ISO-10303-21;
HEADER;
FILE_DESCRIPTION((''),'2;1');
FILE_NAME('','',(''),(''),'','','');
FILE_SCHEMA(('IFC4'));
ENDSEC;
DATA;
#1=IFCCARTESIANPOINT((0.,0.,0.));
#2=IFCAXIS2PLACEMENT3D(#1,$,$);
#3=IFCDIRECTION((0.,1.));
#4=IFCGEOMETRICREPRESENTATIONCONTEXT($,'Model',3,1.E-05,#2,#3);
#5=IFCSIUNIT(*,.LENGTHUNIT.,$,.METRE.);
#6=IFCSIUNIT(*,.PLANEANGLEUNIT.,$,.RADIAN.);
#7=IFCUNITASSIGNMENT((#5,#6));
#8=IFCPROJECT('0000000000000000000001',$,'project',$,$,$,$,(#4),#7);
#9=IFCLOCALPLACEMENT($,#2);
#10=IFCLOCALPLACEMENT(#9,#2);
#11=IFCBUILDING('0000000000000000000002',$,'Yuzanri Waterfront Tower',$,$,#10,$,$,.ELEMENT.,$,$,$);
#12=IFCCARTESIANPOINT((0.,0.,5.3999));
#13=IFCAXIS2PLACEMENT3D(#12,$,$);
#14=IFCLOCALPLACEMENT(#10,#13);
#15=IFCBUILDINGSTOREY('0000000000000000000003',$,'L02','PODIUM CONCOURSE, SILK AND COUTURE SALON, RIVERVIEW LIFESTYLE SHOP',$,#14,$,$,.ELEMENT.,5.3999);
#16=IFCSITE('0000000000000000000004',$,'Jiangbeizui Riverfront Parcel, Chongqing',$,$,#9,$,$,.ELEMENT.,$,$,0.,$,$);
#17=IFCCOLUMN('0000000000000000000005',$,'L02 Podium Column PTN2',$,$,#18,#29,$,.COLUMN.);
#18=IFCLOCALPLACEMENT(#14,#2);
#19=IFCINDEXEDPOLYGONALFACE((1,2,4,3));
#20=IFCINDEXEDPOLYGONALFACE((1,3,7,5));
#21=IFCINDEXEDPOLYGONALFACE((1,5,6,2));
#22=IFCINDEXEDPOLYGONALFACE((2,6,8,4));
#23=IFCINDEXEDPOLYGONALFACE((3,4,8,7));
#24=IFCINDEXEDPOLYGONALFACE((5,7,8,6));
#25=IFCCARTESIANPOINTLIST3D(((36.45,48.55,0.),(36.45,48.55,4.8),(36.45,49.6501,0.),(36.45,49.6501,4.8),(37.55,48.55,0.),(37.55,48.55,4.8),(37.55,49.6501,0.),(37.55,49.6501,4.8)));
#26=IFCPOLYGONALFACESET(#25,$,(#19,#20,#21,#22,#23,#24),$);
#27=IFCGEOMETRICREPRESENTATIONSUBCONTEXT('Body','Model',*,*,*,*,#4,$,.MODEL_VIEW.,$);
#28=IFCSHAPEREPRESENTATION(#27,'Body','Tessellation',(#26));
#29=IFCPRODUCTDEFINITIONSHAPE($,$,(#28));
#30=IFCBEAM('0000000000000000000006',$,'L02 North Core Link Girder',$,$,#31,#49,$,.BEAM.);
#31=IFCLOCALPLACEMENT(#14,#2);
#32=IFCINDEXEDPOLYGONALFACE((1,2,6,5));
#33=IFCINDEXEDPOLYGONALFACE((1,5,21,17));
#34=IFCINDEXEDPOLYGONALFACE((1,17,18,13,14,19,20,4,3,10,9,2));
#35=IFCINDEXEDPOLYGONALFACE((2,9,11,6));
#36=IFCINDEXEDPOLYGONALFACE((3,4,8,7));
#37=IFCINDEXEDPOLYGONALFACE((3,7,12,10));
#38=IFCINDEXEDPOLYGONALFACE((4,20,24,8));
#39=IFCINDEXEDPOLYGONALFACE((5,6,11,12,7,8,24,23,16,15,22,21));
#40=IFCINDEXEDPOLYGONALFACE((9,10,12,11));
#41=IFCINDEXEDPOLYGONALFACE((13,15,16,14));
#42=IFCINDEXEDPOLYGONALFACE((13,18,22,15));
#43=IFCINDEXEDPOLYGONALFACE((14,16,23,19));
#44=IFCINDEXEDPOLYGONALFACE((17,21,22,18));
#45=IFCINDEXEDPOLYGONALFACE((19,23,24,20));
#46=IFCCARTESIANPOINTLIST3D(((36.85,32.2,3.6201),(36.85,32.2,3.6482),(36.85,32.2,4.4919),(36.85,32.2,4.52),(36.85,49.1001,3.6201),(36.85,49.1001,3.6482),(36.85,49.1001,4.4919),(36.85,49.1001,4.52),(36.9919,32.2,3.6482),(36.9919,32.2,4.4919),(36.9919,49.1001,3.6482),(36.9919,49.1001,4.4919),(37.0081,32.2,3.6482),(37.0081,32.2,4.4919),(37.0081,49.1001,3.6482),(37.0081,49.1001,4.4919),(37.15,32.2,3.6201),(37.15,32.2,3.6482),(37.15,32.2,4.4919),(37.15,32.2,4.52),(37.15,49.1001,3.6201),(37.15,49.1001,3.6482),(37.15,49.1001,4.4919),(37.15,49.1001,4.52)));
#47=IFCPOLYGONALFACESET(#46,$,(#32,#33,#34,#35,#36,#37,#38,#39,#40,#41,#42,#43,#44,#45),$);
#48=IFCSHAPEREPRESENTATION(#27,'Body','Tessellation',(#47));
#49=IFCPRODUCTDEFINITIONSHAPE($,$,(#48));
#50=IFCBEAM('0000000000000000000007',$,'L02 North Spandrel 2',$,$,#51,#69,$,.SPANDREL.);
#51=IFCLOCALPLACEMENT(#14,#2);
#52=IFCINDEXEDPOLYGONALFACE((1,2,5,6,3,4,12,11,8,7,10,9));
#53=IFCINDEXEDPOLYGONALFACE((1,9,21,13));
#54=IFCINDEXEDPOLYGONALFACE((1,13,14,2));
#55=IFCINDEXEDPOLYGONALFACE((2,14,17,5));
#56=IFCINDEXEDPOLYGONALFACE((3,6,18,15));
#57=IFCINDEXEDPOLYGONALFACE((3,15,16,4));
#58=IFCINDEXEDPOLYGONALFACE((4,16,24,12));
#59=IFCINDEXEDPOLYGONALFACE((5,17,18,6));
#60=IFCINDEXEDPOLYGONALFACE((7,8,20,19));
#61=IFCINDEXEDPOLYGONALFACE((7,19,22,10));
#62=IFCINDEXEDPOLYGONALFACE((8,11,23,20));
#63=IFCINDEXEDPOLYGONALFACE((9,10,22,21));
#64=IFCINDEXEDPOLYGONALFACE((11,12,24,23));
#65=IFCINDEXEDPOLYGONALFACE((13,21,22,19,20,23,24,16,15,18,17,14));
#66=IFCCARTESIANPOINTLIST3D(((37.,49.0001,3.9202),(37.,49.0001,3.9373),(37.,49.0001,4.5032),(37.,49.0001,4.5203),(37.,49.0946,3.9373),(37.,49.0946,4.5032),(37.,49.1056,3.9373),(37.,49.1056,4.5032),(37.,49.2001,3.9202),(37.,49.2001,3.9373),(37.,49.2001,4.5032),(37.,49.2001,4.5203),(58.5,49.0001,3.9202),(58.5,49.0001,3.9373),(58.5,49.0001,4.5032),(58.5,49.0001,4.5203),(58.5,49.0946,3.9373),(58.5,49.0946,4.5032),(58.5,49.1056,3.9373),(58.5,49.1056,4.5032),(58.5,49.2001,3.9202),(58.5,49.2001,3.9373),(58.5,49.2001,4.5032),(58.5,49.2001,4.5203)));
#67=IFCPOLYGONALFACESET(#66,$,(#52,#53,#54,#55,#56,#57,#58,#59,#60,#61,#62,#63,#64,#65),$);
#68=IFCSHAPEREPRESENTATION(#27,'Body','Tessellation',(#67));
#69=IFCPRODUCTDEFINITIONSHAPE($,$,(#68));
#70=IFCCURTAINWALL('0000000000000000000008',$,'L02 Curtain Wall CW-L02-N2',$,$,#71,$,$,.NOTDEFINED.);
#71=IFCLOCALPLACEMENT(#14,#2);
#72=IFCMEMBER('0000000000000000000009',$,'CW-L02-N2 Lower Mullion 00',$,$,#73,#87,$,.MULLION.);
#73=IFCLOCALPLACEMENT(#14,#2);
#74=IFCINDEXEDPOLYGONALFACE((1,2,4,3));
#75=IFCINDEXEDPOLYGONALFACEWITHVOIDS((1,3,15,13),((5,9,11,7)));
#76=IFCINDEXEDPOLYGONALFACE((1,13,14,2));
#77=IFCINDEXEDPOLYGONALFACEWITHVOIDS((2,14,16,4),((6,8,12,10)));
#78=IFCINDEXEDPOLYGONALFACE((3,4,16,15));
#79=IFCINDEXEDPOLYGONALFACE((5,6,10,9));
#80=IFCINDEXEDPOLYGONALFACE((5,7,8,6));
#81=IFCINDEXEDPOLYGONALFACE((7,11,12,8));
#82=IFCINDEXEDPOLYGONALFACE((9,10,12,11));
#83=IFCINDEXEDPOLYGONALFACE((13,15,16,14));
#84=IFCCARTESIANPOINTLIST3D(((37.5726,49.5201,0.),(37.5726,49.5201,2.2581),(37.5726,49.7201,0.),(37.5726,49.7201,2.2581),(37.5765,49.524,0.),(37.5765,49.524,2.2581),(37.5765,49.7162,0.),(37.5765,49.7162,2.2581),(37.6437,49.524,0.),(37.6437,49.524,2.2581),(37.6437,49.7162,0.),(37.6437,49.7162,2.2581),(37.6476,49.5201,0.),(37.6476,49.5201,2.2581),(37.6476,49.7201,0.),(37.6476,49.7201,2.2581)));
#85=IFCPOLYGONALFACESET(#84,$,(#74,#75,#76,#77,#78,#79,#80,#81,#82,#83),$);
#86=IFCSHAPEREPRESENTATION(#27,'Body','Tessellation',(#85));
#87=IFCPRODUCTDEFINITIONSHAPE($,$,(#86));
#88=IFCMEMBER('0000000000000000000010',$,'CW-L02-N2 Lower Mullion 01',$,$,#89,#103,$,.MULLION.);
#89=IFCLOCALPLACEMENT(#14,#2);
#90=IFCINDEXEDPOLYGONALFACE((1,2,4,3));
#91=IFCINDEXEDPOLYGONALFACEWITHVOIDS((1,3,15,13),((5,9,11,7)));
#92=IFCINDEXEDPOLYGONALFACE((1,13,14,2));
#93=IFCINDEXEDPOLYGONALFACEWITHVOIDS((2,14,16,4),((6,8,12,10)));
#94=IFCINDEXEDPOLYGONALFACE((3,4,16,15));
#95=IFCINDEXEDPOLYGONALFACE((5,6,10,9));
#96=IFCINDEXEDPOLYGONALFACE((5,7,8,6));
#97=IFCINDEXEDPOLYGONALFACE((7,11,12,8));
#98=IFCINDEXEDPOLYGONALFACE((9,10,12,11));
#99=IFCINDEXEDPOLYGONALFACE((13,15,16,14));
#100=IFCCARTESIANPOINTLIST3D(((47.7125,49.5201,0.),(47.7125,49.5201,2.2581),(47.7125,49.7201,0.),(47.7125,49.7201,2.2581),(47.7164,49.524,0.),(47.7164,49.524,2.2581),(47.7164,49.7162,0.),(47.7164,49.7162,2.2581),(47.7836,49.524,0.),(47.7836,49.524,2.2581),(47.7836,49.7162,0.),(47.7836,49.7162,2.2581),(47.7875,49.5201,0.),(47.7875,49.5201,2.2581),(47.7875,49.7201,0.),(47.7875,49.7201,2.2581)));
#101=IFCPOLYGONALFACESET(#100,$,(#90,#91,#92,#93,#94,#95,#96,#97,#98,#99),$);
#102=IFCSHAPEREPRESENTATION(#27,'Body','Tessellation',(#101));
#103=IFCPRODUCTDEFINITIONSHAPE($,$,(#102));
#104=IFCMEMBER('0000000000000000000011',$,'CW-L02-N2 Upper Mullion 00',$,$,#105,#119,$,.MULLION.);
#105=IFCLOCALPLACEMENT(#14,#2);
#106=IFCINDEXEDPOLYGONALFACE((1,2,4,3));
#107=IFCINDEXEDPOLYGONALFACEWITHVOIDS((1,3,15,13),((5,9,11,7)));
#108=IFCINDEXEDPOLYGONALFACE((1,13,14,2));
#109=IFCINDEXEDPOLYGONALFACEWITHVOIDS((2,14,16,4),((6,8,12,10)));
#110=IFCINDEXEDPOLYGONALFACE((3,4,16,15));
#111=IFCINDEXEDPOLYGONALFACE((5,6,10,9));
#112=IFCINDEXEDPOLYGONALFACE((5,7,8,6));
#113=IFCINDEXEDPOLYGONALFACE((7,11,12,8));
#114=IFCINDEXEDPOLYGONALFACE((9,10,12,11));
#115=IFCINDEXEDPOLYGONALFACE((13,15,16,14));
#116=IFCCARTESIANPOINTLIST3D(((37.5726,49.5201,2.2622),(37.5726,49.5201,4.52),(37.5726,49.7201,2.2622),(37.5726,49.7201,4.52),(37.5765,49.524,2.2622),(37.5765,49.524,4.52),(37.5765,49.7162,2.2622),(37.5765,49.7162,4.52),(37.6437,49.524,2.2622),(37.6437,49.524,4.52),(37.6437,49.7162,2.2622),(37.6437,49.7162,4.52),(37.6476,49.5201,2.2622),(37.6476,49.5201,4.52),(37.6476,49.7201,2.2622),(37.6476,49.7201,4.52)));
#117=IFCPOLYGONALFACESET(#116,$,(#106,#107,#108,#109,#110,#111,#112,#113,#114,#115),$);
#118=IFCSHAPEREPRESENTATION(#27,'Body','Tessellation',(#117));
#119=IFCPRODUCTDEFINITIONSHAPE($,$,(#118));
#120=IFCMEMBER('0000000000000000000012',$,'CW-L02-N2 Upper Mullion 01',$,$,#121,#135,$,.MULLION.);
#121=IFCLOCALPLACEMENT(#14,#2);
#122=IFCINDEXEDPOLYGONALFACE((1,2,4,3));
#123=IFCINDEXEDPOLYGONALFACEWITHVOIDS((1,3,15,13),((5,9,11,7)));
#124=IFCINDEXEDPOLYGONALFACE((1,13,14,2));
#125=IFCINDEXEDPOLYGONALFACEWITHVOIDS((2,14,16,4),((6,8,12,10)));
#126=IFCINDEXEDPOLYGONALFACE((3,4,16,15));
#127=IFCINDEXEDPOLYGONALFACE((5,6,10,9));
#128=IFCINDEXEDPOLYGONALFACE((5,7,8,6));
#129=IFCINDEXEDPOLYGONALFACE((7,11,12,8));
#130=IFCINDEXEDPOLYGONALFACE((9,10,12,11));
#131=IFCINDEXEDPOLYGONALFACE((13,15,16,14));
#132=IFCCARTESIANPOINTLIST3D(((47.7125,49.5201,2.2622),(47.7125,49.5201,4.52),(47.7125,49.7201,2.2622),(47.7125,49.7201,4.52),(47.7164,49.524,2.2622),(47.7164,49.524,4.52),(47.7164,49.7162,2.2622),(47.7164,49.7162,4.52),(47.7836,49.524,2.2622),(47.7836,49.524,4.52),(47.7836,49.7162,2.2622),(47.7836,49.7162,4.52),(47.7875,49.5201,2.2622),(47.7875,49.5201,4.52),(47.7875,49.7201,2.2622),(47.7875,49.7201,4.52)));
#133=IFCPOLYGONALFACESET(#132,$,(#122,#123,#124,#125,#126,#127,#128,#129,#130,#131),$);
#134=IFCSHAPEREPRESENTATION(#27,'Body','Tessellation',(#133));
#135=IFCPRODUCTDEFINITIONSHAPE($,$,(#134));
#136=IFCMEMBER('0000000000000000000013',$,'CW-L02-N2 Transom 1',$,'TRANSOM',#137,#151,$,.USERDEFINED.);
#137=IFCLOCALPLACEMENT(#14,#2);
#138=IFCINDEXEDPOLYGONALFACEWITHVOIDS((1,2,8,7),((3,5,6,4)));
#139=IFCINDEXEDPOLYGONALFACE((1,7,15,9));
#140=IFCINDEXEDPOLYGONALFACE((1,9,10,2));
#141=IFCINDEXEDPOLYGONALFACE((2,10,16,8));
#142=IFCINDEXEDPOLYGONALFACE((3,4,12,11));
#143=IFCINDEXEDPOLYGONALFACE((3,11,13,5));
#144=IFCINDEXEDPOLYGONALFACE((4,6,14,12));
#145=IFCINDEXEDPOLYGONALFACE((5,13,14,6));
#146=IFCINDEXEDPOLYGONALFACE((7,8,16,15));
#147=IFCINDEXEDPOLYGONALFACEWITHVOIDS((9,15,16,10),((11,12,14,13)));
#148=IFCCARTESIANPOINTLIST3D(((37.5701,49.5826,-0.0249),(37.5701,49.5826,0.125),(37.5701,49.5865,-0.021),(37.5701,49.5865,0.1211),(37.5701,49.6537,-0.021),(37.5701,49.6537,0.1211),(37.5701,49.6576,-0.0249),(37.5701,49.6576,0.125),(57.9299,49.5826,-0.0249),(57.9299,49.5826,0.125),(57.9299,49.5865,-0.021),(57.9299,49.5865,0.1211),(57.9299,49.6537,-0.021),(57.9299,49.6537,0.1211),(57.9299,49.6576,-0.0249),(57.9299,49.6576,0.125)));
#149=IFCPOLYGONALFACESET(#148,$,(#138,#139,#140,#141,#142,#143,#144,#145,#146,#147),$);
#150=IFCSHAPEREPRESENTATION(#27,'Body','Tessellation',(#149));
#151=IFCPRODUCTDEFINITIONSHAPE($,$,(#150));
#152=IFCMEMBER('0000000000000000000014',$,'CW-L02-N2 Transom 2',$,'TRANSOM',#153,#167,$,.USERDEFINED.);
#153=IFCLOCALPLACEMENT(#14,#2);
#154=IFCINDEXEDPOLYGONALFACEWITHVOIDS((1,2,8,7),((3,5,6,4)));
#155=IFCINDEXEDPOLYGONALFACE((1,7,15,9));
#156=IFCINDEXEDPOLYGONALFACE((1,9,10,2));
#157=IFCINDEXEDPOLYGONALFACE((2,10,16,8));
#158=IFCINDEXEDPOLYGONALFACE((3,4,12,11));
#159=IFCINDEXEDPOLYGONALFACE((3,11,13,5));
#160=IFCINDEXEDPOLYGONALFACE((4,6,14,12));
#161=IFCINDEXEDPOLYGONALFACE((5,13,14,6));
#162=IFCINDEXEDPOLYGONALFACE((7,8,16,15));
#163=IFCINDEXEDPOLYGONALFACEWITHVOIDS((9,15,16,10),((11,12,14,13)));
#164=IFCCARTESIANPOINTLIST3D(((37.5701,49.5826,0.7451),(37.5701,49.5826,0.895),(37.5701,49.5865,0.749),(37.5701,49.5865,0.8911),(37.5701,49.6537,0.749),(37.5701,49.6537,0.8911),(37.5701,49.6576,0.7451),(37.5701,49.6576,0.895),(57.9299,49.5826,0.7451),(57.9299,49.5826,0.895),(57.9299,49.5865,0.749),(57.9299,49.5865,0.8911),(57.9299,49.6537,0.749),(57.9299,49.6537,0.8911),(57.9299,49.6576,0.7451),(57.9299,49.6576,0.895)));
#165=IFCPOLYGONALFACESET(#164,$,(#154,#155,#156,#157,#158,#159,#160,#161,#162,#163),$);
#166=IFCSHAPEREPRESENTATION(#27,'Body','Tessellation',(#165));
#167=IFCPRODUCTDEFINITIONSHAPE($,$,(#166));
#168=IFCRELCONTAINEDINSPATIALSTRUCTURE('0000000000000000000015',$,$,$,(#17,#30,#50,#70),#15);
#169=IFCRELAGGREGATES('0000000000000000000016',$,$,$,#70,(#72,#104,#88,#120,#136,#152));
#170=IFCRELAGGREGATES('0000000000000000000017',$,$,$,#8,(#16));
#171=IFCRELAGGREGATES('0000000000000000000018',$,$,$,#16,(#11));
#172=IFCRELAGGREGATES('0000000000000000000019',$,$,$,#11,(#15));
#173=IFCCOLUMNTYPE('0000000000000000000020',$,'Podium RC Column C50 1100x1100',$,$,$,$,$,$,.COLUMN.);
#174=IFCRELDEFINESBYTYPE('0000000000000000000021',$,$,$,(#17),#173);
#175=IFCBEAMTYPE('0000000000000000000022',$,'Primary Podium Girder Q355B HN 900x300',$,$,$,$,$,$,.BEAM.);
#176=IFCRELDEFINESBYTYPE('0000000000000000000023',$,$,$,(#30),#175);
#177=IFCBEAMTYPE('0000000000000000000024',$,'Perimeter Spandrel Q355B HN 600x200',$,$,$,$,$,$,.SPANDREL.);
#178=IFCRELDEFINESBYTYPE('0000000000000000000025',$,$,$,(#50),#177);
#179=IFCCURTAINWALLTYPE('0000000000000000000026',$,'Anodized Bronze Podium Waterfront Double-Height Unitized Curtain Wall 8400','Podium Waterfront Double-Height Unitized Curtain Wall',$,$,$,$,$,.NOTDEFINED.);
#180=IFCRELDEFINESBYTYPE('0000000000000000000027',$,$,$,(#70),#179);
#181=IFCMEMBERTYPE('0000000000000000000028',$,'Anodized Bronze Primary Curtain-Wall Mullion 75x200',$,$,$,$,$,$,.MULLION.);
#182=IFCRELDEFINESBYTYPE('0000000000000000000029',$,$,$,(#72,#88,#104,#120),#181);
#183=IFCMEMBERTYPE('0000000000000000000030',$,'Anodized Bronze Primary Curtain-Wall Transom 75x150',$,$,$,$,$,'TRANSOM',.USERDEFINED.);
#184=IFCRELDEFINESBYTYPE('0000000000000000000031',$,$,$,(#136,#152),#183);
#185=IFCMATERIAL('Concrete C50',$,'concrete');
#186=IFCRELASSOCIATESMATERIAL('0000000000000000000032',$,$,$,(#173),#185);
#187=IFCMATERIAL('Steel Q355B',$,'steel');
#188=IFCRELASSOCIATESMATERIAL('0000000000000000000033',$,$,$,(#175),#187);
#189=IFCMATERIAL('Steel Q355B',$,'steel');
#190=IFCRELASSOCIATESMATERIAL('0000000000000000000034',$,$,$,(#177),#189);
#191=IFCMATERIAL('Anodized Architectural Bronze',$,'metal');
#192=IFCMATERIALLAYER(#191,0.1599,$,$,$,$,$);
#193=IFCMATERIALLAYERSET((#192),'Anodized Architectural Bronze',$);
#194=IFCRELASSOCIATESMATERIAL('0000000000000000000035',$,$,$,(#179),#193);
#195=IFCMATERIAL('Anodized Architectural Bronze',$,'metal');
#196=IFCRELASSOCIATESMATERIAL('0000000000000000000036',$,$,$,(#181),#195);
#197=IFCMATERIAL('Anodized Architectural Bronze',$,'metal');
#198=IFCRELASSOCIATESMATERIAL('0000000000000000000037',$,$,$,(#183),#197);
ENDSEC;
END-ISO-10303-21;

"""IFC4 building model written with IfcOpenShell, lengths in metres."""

from ifc_helpers import new_model, si_unit, direction, frame, origin, origin_2d, place, context, subcontext, project, spatial, rectangle, hollow_rectangle, i_section, extrude, source, transform, mapped, material, layer, layer_set, material_profile, profile_set, type_object, element, aggregate, save


model = new_model("IFC4")

# Units and contexts
model_context = context("Model", 3, precision=1e-05, world=origin(), true_north=direction((0.0, 1.0)))
body_context = subcontext(model_context, "Body", "Model", "MODEL_VIEW")
ifc_project = project(units=[si_unit("LENGTHUNIT", "METRE"), si_unit("PLANEANGLEUNIT", "RADIAN")], contexts=[model_context])

# Site, building, storey
site_placement = place(None, origin())
site = spatial("IfcSite", under=ifc_project, at=site_placement, Name="Jiangbeizui Riverfront Parcel, Chongqing", CompositionType="ELEMENT", RefElevation=0.0)
building_placement = place(site_placement, origin())
building = spatial("IfcBuilding", under=site, at=building_placement, Name="Yuzanri Waterfront Tower", CompositionType="ELEMENT")
storey_placement = place(building_placement, frame((0.0, 0.0, 5.3999)))
storey = spatial("IfcBuildingStorey", under=building, at=storey_placement, Name="L02", Description="PODIUM CONCOURSE, SILK AND COUTURE SALON, RIVERVIEW LIFESTYLE SHOP", CompositionType="ELEMENT", Elevation=5.3999)

# Column
ifc_material_1 = material(Name="Concrete C50", Category="concrete")
ifc_material_profile_1 = material_profile(ifc_material_1, rectangle(XDim=1.1001, YDim=1.1001, at=origin_2d()), Name="RC 1100x1100")
ifc_profile_set_1 = profile_set([ifc_material_profile_1], Name="Concrete C50")
column_type = type_object("IfcColumnType", Name="Podium RC Column C50 1100x1100", PredefinedType="COLUMN", material=ifc_profile_set_1)
shared_shape_1 = source(origin(), body_context, "Body", "SweptSolid", [
    extrude(rectangle(XDim=1.1001, YDim=1.1001, at=origin_2d()), origin(), (0.0, 0.0, 1.0), 4.8),
])
column_placement = place(storey_placement, frame((37.0, 49.1001, 0.0), z_axis=(0.0, 0.0, 1.0), x_axis=(1.0, 0.0, 0.0)))
element("IfcColumn", 1, at=column_placement, inside=storey, type_object=column_type, Name="L02 Podium Column PTN2", PredefinedType="COLUMN", context=body_context, shape_type="MappedRepresentation", body=[
    mapped(shared_shape_1, transform((0.0, 0.0, 0.0), scale=1.0)),
])

# Beams
ifc_material_2 = material(Name="Steel Q355B", Category="steel")
ifc_material_profile_2 = material_profile(ifc_material_2, i_section(OverallWidth=0.3, OverallDepth=0.8999, WebThickness=0.0161, FlangeThickness=0.0281, at=origin_2d()), Name="HN 900x300x16x28")
ifc_profile_set_2 = profile_set([ifc_material_profile_2], Name="Steel Q355B")
beam_type_1 = type_object("IfcBeamType", Name="Primary Podium Girder Q355B HN 900x300", PredefinedType="BEAM", material=ifc_profile_set_2)
shared_shape_2 = source(origin(), body_context, "Body", "SweptSolid", [
    extrude(i_section(OverallWidth=0.3, OverallDepth=0.8999, WebThickness=0.0161, FlangeThickness=0.0281, at=origin_2d()), origin(), (0.0, 0.0, 1.0), 16.9001),
])
beam_1_placement = place(storey_placement, frame((37.0, 32.2, 4.0701), z_axis=(0.0, 1.0, 0.0), x_axis=(-1.0, 0.0, 0.0)))
element("IfcBeam", 2, at=beam_1_placement, inside=storey, type_object=beam_type_1, Name="L02 North Core Link Girder", PredefinedType="BEAM", context=body_context, shape_type="MappedRepresentation", body=[
    mapped(shared_shape_2, transform((0.0, 0.0, 0.0), scale=1.0)),
])
ifc_material_3 = material(Name="Steel Q355B", Category="steel")
ifc_material_profile_3 = material_profile(ifc_material_3, i_section(OverallWidth=0.2, OverallDepth=0.6001, WebThickness=0.011, FlangeThickness=0.0171, at=origin_2d()), Name="HN 600x200x11x17")
ifc_profile_set_3 = profile_set([ifc_material_profile_3], Name="Steel Q355B")
beam_type_2 = type_object("IfcBeamType", Name="Perimeter Spandrel Q355B HN 600x200", PredefinedType="SPANDREL", material=ifc_profile_set_3)
shared_shape_3 = source(origin(), body_context, "Body", "SweptSolid", [
    extrude(i_section(OverallWidth=0.2, OverallDepth=0.6001, WebThickness=0.011, FlangeThickness=0.0171, at=origin_2d()), origin(), (0.0, 0.0, 1.0), 21.5),
])
beam_2_placement = place(storey_placement, frame((37.0, 49.1001, 4.2202), z_axis=(1.0, 0.0, 0.0), x_axis=(0.0, 1.0, 0.0)))
element("IfcBeam", 3, at=beam_2_placement, inside=storey, type_object=beam_type_2, Name="L02 North Spandrel 2", PredefinedType="SPANDREL", context=body_context, shape_type="MappedRepresentation", body=[
    mapped(shared_shape_3, transform((0.0, 0.0, 0.0), scale=1.0)),
])

# Curtain wall, members
ifc_material_4 = material(Name="Anodized Architectural Bronze", Category="metal")
ifc_layer_1 = layer(ifc_material_4, 0.1599)
ifc_layer_set_1 = layer_set([ifc_layer_1], Name="Anodized Architectural Bronze")
curtain_wall_type = type_object("IfcCurtainWallType", Name="Anodized Bronze Podium Waterfront Double-Height Unitized Curtain Wall 8400", Description="Podium Waterfront Double-Height Unitized Curtain Wall", PredefinedType="NOTDEFINED", material=ifc_layer_set_1)
curtain_wall_placement = place(storey_placement, origin())
curtain_wall = element("IfcCurtainWall", 4, at=curtain_wall_placement, inside=storey, type_object=curtain_wall_type, Name="L02 Curtain Wall CW-L02-N2", PredefinedType="NOTDEFINED")
ifc_material_5 = material(Name="Anodized Architectural Bronze", Category="metal")
ifc_material_profile_4 = material_profile(ifc_material_5, hollow_rectangle(XDim=0.075, YDim=0.2, WallThickness=0.0039, at=origin_2d()), Name="CWM 75x200")
ifc_profile_set_4 = profile_set([ifc_material_profile_4], Name="Anodized Architectural Bronze")
member_type_1 = type_object("IfcMemberType", Name="Anodized Bronze Primary Curtain-Wall Mullion 75x200", PredefinedType="MULLION", material=ifc_profile_set_4)
shared_shape_4 = source(origin(), body_context, "Body", "SweptSolid", [
    extrude(hollow_rectangle(XDim=0.075, YDim=0.2, WallThickness=0.0039, at=origin_2d()), origin(), (0.0, 0.0, 1.0), 2.2581),
])
member_1_placement = place(storey_placement, frame((37.6101, 49.6201, 0.0), z_axis=(0.0, 0.0, 1.0), x_axis=(1.0, 0.0, 0.0)))
member_1 = element("IfcMember", 5, at=member_1_placement, type_object=member_type_1, Name="CW-L02-N2 Lower Mullion 00", PredefinedType="MULLION", context=body_context, shape_type="MappedRepresentation", body=[
    mapped(shared_shape_4, transform((0.0, 0.0, 0.0), scale=1.0)),
])
member_2_placement = place(storey_placement, frame((47.75, 49.6201, 0.0), z_axis=(0.0, 0.0, 1.0), x_axis=(1.0, 0.0, 0.0)))
member_2 = element("IfcMember", 6, at=member_2_placement, type_object=member_type_1, Name="CW-L02-N2 Lower Mullion 01", PredefinedType="MULLION", context=body_context, shape_type="MappedRepresentation", body=[
    mapped(shared_shape_4, transform((0.0, 0.0, 0.0), scale=1.0)),
])
shared_shape_5 = source(origin(), body_context, "Body", "SweptSolid", [
    extrude(hollow_rectangle(XDim=0.075, YDim=0.2, WallThickness=0.0039, at=origin_2d()), origin(), (0.0, 0.0, 1.0), 2.2578),
])
member_3_placement = place(storey_placement, frame((37.6101, 49.6201, 2.2622), z_axis=(0.0, 0.0, 1.0), x_axis=(1.0, 0.0, 0.0)))
member_3 = element("IfcMember", 7, at=member_3_placement, type_object=member_type_1, Name="CW-L02-N2 Upper Mullion 00", PredefinedType="MULLION", context=body_context, shape_type="MappedRepresentation", body=[
    mapped(shared_shape_5, transform((0.0, 0.0, 0.0), scale=1.0)),
])
member_4_placement = place(storey_placement, frame((47.75, 49.6201, 2.2622), z_axis=(0.0, 0.0, 1.0), x_axis=(1.0, 0.0, 0.0)))
member_4 = element("IfcMember", 8, at=member_4_placement, type_object=member_type_1, Name="CW-L02-N2 Upper Mullion 01", PredefinedType="MULLION", context=body_context, shape_type="MappedRepresentation", body=[
    mapped(shared_shape_5, transform((0.0, 0.0, 0.0), scale=1.0)),
])
ifc_material_6 = material(Name="Anodized Architectural Bronze", Category="metal")
ifc_material_profile_5 = material_profile(ifc_material_6, hollow_rectangle(XDim=0.075, YDim=0.1499, WallThickness=0.0039, at=origin_2d()), Name="CWT 75x150")
ifc_profile_set_5 = profile_set([ifc_material_profile_5], Name="Anodized Architectural Bronze")
member_type_2 = type_object("IfcMemberType", Name="Anodized Bronze Primary Curtain-Wall Transom 75x150", ElementType="TRANSOM", PredefinedType="USERDEFINED", material=ifc_profile_set_5)
shared_shape_6 = source(origin(), body_context, "Body", "SweptSolid", [
    extrude(hollow_rectangle(XDim=0.075, YDim=0.1499, WallThickness=0.0039, at=origin_2d()), origin(), (0.0, 0.0, 1.0), 20.3599),
])
member_5_placement = place(storey_placement, frame((37.5701, 49.6201, 0.05), z_axis=(1.0, 0.0, 0.0), x_axis=(0.0, 1.0, 0.0)))
member_5 = element("IfcMember", 9, at=member_5_placement, type_object=member_type_2, Name="CW-L02-N2 Transom 1", ObjectType="TRANSOM", PredefinedType="USERDEFINED", context=body_context, shape_type="MappedRepresentation", body=[
    mapped(shared_shape_6, transform((0.0, 0.0, 0.0), scale=1.0)),
])
member_6_placement = place(storey_placement, frame((37.5701, 49.6201, 0.8201), z_axis=(1.0, 0.0, 0.0), x_axis=(0.0, 1.0, 0.0)))
member_6 = element("IfcMember", 10, at=member_6_placement, type_object=member_type_2, Name="CW-L02-N2 Transom 2", ObjectType="TRANSOM", PredefinedType="USERDEFINED", context=body_context, shape_type="MappedRepresentation", body=[
    mapped(shared_shape_6, transform((0.0, 0.0, 0.0), scale=1.0)),
])
aggregate(curtain_wall, [member_1, member_3, member_2, member_4, member_5, member_6])

save(model, "model.ifc")
